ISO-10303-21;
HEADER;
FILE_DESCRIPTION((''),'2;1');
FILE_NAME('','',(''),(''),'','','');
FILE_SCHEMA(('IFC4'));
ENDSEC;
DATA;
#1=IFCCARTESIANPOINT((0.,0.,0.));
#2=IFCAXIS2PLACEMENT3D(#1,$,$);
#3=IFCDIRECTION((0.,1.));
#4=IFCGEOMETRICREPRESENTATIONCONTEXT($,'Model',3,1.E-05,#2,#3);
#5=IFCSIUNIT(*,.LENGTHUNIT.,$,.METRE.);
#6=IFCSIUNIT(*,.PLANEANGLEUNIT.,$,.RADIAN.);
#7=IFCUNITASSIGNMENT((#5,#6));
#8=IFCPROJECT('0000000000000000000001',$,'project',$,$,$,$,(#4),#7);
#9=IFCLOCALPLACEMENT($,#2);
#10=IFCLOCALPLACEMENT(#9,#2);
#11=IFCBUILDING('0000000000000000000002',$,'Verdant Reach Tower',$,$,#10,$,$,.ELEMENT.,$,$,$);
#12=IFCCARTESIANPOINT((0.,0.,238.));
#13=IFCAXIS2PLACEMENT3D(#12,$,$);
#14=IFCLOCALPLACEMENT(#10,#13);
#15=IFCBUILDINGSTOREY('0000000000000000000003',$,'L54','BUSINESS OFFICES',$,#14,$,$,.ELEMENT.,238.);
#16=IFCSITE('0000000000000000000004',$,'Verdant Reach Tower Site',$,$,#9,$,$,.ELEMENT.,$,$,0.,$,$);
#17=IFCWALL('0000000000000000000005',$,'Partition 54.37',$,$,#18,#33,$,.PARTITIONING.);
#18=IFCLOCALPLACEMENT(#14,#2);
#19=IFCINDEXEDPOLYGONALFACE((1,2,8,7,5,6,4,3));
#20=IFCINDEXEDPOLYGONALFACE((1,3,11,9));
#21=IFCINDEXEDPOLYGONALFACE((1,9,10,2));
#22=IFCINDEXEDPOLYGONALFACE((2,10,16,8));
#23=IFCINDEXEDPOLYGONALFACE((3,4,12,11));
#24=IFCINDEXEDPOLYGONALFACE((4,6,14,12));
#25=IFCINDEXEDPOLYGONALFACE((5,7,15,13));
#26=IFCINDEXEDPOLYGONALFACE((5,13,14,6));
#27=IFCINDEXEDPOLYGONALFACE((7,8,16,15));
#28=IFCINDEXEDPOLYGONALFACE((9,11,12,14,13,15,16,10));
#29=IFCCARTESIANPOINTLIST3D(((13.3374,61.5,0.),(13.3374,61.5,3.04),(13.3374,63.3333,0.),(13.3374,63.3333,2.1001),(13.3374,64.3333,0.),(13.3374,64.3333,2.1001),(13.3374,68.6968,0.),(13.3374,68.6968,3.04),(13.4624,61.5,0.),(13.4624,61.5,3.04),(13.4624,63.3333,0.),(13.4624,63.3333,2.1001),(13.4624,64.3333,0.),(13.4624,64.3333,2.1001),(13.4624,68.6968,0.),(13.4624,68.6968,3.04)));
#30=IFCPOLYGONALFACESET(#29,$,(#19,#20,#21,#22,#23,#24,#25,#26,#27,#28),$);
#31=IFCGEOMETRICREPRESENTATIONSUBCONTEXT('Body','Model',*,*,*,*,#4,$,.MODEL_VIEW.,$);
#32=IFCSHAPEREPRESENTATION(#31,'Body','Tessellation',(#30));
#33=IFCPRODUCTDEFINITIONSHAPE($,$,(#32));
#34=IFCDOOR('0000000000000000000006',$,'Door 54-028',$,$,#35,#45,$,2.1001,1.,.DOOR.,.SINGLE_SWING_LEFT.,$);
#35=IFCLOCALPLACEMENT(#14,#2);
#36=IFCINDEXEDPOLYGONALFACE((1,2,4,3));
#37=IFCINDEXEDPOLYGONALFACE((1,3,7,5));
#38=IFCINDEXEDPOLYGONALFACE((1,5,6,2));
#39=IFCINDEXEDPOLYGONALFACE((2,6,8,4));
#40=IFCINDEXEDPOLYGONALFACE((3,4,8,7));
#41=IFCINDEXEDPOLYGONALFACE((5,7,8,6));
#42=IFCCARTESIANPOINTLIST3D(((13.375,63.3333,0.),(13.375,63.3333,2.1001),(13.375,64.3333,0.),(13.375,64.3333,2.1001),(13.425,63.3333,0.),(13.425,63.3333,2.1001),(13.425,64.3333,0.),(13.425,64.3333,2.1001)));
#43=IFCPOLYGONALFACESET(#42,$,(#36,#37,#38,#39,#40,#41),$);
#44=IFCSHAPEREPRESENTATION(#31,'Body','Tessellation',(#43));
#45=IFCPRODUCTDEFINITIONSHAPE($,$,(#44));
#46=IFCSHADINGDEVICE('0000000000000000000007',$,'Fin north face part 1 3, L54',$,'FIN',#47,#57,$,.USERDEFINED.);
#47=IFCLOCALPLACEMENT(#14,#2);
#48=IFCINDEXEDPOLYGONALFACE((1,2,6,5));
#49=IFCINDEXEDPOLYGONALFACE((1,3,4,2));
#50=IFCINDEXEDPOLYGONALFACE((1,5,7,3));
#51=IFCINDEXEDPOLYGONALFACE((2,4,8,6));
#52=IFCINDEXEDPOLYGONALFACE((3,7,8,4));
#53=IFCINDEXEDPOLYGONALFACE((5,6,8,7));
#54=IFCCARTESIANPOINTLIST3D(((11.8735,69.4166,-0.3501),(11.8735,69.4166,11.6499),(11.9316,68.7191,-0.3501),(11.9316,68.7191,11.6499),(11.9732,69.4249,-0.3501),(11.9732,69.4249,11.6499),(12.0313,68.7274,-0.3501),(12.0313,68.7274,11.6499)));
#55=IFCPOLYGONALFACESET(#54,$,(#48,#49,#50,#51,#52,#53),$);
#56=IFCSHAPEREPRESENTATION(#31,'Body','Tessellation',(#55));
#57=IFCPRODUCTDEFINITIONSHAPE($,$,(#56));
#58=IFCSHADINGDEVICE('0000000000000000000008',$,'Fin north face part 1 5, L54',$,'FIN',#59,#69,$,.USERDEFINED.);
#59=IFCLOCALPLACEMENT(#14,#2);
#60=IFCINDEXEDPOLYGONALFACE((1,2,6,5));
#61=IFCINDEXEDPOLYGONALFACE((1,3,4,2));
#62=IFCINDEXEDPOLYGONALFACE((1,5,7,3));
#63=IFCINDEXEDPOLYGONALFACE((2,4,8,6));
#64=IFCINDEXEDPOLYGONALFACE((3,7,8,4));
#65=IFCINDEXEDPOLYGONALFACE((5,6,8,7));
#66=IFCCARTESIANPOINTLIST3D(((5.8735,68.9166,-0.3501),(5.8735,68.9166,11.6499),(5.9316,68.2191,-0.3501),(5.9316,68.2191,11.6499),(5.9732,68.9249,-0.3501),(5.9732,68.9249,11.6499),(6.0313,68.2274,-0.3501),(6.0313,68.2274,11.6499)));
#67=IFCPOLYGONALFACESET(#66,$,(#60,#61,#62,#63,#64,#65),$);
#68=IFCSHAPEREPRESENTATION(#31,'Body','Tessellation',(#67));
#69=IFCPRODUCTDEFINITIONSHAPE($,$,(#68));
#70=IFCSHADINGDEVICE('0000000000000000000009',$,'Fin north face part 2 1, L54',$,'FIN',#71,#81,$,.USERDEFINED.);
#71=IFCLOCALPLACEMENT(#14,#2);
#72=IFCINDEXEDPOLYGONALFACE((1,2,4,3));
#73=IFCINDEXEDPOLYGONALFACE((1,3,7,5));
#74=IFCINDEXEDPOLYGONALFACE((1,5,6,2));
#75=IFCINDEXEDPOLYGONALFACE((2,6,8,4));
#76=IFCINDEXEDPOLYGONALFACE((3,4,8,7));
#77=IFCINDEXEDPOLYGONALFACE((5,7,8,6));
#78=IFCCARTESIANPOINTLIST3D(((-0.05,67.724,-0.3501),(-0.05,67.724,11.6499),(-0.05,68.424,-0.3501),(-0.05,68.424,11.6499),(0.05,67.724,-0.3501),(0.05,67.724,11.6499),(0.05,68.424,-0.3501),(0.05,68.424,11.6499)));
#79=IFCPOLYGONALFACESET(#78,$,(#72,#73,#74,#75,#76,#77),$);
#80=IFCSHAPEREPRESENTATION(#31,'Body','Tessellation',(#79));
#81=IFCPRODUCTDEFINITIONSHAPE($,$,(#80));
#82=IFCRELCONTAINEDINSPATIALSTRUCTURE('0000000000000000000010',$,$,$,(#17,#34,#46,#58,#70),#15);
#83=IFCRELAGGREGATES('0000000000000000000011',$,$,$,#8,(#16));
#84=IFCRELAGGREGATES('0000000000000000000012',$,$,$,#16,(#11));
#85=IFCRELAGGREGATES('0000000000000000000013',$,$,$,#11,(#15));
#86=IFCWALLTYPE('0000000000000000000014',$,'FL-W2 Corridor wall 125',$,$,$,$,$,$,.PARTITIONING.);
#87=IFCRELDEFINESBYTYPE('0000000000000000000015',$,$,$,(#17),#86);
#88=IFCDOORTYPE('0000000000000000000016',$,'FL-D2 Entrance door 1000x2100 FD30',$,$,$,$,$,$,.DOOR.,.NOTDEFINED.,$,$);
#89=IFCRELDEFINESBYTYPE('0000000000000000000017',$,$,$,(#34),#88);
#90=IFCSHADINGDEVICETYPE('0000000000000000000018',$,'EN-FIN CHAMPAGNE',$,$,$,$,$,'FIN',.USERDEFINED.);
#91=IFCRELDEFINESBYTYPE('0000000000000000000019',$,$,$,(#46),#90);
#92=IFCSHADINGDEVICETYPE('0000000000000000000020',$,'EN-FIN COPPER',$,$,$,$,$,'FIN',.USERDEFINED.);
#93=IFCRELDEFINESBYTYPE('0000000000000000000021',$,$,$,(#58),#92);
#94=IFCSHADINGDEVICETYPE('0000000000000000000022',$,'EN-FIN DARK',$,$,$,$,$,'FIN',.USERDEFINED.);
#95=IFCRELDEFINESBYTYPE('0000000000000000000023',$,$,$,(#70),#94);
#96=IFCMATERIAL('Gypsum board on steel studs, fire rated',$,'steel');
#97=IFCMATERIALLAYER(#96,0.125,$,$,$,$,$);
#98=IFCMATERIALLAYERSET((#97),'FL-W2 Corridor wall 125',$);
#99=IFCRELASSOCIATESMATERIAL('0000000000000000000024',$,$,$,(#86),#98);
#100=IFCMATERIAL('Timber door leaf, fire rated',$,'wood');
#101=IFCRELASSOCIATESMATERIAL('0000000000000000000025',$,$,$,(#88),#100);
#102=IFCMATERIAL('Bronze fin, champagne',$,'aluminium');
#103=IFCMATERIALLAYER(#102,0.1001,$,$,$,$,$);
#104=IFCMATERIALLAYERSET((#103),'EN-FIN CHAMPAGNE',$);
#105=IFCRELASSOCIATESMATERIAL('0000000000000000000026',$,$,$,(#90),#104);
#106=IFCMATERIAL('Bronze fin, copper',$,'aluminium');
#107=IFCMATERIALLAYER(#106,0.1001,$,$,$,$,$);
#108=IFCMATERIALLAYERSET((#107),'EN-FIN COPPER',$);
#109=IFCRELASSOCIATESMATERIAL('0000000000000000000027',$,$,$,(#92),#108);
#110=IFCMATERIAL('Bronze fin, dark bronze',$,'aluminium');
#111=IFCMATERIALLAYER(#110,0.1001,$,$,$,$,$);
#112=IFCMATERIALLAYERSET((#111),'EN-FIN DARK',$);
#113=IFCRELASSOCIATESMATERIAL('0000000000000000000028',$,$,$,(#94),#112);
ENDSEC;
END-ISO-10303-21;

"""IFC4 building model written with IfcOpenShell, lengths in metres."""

from ifc_helpers import new_model, si_unit, direction, frame, frame_2d, origin, origin_2d, place, context, subcontext, project, spatial, rectangle, extrude, material, layer, layer_set, type_object, element, fill, save


model = new_model("IFC4")

# Units and contexts
model_context = context("Model", 3, precision=1e-05, world=origin(), true_north=direction((0.0, 1.0)))
body_context = subcontext(model_context, "Body", "Model", "MODEL_VIEW")
ifc_project = project(units=[si_unit("LENGTHUNIT", "METRE"), si_unit("PLANEANGLEUNIT", "RADIAN")], contexts=[model_context])

# Site, building, storey
site_placement = place(None, origin())
site = spatial("IfcSite", under=ifc_project, at=site_placement, Name="Verdant Reach Tower Site", CompositionType="ELEMENT", RefElevation=0.0)
building_placement = place(site_placement, origin())
building = spatial("IfcBuilding", under=site, at=building_placement, Name="Verdant Reach Tower", CompositionType="ELEMENT")
storey_placement = place(building_placement, frame((0.0, 0.0, 238.0)))
storey = spatial("IfcBuildingStorey", under=building, at=storey_placement, Name="L54", Description="BUSINESS OFFICES", CompositionType="ELEMENT", Elevation=238.0)

# Shared definitions
ifc_material_1 = material(Name="Gypsum board on steel studs, fire rated", Category="steel")
ifc_layer_1 = layer(ifc_material_1, 0.125)
ifc_layer_set_1 = layer_set([ifc_layer_1], Name="FL-W2 Corridor wall 125")
wall_type_1 = type_object("IfcWallType", Name="FL-W2 Corridor wall 125", PredefinedType="PARTITIONING", material=ifc_layer_set_1)

# Wall, opening, door
wall_1_placement = place(storey_placement, frame((13.3999, 61.5, 0.0), z_axis=(0.0, 0.0, 1.0), x_axis=(0.0, 1.0, 0.0)))
wall_1 = element("IfcWall", 1, at=wall_1_placement, inside=storey, type_object=wall_type_1, Name="Partition 54.37", PredefinedType="PARTITIONING", context=body_context, shape_type="SweptSolid", body=[
    extrude(rectangle(XDim=7.1968, YDim=0.125, at=frame_2d((3.5984, 0.0))), origin(), (0.0, 0.0, 1.0), 3.04),
])
opening_1_placement = place(wall_1_placement, frame((1.8333, 0.0, 0.0)))
opening_1 = element("IfcOpeningElement", 2, at=opening_1_placement, cuts=wall_1, PredefinedType="OPENING", context=body_context, shape_type="SweptSolid", body=[
    extrude(rectangle(XDim=1.0, YDim=2.1001, at=frame_2d((0.5, 1.05))), frame((0.0, 0.0725, 0.0), z_axis=(0.0, -1.0, 0.0), x_axis=(1.0, 0.0, 0.0)), (0.0, 0.0, 1.0), 0.145),
])
ifc_material_2 = material(Name="Timber door leaf, fire rated", Category="wood")
door_type_1 = type_object("IfcDoorType", Name="FL-D2 Entrance door 1000x2100 FD30", OperationType="NOTDEFINED", PredefinedType="DOOR", material=ifc_material_2)
door_1_placement = place(opening_1_placement, origin())
door_1 = element("IfcDoor", 3, at=door_1_placement, inside=storey, type_object=door_type_1, Name="Door 54-028", OperationType="SINGLE_SWING_LEFT", OverallHeight=2.1001, OverallWidth=1.0, PredefinedType="DOOR", context=body_context, shape_type="SweptSolid", body=[
    extrude(rectangle(XDim=1.0, YDim=2.1001, at=frame_2d((0.5, 1.05))), frame((0.0, 0.0249, 0.0), z_axis=(0.0, -1.0, 0.0), x_axis=(1.0, 0.0, 0.0)), (0.0, 0.0, 1.0), 0.05),
])
fill(opening_1, door_1)

# Shading devices
ifc_material_3 = material(Name="Bronze fin, champagne", Category="aluminium")
ifc_layer_2 = layer(ifc_material_3, 0.1001)
ifc_layer_set_2 = layer_set([ifc_layer_2], Name="EN-FIN CHAMPAGNE")
shading_device_type_1 = type_object("IfcShadingDeviceType", Name="EN-FIN CHAMPAGNE", ElementType="FIN", PredefinedType="USERDEFINED", material=ifc_layer_set_2)
shading_device_1_placement = place(storey_placement, frame((11.9524, 69.072, -0.3501), z_axis=(0.0, 0.0, 1.0), x_axis=(-0.996546, -0.083045, 0.0)))
element("IfcShadingDevice", 4, at=shading_device_1_placement, inside=storey, type_object=shading_device_type_1, Name="Fin north face part 1 3, L54", ObjectType="FIN", PredefinedType="USERDEFINED", context=body_context, shape_type="SweptSolid", body=[
    extrude(rectangle(XDim=0.1001, YDim=0.7, at=origin_2d()), origin(), (0.0, 0.0, 1.0), 12.0),
])
ifc_material_4 = material(Name="Bronze fin, copper", Category="aluminium")
ifc_layer_3 = layer(ifc_material_4, 0.1001)
ifc_layer_set_3 = layer_set([ifc_layer_3], Name="EN-FIN COPPER")
shading_device_type_2 = type_object("IfcShadingDeviceType", Name="EN-FIN COPPER", ElementType="FIN", PredefinedType="USERDEFINED", material=ifc_layer_set_3)
shading_device_2_placement = place(storey_placement, frame((5.9524, 68.572, -0.3501), z_axis=(0.0, 0.0, 1.0), x_axis=(-0.996546, -0.083045, 0.0)))
element("IfcShadingDevice", 5, at=shading_device_2_placement, inside=storey, type_object=shading_device_type_2, Name="Fin north face part 1 5, L54", ObjectType="FIN", PredefinedType="USERDEFINED", context=body_context, shape_type="SweptSolid", body=[
    extrude(rectangle(XDim=0.1001, YDim=0.7, at=origin_2d()), origin(), (0.0, 0.0, 1.0), 12.0),
])
ifc_material_5 = material(Name="Bronze fin, dark bronze", Category="aluminium")
ifc_layer_4 = layer(ifc_material_5, 0.1001)
ifc_layer_set_4 = layer_set([ifc_layer_4], Name="EN-FIN DARK")
shading_device_type_3 = type_object("IfcShadingDeviceType", Name="EN-FIN DARK", ElementType="FIN", PredefinedType="USERDEFINED", material=ifc_layer_set_4)
shading_device_3_placement = place(storey_placement, frame((0.0, 68.074, -0.3501), z_axis=(0.0, 0.0, 1.0), x_axis=(-1.0, 0.0, 0.0)))
element("IfcShadingDevice", 6, at=shading_device_3_placement, inside=storey, type_object=shading_device_type_3, Name="Fin north face part 2 1, L54", ObjectType="FIN", PredefinedType="USERDEFINED", context=body_context, shape_type="SweptSolid", body=[
    extrude(rectangle(XDim=0.1001, YDim=0.7, at=origin_2d()), origin(), (0.0, 0.0, 1.0), 12.0),
])

save(model, "model.ifc")
